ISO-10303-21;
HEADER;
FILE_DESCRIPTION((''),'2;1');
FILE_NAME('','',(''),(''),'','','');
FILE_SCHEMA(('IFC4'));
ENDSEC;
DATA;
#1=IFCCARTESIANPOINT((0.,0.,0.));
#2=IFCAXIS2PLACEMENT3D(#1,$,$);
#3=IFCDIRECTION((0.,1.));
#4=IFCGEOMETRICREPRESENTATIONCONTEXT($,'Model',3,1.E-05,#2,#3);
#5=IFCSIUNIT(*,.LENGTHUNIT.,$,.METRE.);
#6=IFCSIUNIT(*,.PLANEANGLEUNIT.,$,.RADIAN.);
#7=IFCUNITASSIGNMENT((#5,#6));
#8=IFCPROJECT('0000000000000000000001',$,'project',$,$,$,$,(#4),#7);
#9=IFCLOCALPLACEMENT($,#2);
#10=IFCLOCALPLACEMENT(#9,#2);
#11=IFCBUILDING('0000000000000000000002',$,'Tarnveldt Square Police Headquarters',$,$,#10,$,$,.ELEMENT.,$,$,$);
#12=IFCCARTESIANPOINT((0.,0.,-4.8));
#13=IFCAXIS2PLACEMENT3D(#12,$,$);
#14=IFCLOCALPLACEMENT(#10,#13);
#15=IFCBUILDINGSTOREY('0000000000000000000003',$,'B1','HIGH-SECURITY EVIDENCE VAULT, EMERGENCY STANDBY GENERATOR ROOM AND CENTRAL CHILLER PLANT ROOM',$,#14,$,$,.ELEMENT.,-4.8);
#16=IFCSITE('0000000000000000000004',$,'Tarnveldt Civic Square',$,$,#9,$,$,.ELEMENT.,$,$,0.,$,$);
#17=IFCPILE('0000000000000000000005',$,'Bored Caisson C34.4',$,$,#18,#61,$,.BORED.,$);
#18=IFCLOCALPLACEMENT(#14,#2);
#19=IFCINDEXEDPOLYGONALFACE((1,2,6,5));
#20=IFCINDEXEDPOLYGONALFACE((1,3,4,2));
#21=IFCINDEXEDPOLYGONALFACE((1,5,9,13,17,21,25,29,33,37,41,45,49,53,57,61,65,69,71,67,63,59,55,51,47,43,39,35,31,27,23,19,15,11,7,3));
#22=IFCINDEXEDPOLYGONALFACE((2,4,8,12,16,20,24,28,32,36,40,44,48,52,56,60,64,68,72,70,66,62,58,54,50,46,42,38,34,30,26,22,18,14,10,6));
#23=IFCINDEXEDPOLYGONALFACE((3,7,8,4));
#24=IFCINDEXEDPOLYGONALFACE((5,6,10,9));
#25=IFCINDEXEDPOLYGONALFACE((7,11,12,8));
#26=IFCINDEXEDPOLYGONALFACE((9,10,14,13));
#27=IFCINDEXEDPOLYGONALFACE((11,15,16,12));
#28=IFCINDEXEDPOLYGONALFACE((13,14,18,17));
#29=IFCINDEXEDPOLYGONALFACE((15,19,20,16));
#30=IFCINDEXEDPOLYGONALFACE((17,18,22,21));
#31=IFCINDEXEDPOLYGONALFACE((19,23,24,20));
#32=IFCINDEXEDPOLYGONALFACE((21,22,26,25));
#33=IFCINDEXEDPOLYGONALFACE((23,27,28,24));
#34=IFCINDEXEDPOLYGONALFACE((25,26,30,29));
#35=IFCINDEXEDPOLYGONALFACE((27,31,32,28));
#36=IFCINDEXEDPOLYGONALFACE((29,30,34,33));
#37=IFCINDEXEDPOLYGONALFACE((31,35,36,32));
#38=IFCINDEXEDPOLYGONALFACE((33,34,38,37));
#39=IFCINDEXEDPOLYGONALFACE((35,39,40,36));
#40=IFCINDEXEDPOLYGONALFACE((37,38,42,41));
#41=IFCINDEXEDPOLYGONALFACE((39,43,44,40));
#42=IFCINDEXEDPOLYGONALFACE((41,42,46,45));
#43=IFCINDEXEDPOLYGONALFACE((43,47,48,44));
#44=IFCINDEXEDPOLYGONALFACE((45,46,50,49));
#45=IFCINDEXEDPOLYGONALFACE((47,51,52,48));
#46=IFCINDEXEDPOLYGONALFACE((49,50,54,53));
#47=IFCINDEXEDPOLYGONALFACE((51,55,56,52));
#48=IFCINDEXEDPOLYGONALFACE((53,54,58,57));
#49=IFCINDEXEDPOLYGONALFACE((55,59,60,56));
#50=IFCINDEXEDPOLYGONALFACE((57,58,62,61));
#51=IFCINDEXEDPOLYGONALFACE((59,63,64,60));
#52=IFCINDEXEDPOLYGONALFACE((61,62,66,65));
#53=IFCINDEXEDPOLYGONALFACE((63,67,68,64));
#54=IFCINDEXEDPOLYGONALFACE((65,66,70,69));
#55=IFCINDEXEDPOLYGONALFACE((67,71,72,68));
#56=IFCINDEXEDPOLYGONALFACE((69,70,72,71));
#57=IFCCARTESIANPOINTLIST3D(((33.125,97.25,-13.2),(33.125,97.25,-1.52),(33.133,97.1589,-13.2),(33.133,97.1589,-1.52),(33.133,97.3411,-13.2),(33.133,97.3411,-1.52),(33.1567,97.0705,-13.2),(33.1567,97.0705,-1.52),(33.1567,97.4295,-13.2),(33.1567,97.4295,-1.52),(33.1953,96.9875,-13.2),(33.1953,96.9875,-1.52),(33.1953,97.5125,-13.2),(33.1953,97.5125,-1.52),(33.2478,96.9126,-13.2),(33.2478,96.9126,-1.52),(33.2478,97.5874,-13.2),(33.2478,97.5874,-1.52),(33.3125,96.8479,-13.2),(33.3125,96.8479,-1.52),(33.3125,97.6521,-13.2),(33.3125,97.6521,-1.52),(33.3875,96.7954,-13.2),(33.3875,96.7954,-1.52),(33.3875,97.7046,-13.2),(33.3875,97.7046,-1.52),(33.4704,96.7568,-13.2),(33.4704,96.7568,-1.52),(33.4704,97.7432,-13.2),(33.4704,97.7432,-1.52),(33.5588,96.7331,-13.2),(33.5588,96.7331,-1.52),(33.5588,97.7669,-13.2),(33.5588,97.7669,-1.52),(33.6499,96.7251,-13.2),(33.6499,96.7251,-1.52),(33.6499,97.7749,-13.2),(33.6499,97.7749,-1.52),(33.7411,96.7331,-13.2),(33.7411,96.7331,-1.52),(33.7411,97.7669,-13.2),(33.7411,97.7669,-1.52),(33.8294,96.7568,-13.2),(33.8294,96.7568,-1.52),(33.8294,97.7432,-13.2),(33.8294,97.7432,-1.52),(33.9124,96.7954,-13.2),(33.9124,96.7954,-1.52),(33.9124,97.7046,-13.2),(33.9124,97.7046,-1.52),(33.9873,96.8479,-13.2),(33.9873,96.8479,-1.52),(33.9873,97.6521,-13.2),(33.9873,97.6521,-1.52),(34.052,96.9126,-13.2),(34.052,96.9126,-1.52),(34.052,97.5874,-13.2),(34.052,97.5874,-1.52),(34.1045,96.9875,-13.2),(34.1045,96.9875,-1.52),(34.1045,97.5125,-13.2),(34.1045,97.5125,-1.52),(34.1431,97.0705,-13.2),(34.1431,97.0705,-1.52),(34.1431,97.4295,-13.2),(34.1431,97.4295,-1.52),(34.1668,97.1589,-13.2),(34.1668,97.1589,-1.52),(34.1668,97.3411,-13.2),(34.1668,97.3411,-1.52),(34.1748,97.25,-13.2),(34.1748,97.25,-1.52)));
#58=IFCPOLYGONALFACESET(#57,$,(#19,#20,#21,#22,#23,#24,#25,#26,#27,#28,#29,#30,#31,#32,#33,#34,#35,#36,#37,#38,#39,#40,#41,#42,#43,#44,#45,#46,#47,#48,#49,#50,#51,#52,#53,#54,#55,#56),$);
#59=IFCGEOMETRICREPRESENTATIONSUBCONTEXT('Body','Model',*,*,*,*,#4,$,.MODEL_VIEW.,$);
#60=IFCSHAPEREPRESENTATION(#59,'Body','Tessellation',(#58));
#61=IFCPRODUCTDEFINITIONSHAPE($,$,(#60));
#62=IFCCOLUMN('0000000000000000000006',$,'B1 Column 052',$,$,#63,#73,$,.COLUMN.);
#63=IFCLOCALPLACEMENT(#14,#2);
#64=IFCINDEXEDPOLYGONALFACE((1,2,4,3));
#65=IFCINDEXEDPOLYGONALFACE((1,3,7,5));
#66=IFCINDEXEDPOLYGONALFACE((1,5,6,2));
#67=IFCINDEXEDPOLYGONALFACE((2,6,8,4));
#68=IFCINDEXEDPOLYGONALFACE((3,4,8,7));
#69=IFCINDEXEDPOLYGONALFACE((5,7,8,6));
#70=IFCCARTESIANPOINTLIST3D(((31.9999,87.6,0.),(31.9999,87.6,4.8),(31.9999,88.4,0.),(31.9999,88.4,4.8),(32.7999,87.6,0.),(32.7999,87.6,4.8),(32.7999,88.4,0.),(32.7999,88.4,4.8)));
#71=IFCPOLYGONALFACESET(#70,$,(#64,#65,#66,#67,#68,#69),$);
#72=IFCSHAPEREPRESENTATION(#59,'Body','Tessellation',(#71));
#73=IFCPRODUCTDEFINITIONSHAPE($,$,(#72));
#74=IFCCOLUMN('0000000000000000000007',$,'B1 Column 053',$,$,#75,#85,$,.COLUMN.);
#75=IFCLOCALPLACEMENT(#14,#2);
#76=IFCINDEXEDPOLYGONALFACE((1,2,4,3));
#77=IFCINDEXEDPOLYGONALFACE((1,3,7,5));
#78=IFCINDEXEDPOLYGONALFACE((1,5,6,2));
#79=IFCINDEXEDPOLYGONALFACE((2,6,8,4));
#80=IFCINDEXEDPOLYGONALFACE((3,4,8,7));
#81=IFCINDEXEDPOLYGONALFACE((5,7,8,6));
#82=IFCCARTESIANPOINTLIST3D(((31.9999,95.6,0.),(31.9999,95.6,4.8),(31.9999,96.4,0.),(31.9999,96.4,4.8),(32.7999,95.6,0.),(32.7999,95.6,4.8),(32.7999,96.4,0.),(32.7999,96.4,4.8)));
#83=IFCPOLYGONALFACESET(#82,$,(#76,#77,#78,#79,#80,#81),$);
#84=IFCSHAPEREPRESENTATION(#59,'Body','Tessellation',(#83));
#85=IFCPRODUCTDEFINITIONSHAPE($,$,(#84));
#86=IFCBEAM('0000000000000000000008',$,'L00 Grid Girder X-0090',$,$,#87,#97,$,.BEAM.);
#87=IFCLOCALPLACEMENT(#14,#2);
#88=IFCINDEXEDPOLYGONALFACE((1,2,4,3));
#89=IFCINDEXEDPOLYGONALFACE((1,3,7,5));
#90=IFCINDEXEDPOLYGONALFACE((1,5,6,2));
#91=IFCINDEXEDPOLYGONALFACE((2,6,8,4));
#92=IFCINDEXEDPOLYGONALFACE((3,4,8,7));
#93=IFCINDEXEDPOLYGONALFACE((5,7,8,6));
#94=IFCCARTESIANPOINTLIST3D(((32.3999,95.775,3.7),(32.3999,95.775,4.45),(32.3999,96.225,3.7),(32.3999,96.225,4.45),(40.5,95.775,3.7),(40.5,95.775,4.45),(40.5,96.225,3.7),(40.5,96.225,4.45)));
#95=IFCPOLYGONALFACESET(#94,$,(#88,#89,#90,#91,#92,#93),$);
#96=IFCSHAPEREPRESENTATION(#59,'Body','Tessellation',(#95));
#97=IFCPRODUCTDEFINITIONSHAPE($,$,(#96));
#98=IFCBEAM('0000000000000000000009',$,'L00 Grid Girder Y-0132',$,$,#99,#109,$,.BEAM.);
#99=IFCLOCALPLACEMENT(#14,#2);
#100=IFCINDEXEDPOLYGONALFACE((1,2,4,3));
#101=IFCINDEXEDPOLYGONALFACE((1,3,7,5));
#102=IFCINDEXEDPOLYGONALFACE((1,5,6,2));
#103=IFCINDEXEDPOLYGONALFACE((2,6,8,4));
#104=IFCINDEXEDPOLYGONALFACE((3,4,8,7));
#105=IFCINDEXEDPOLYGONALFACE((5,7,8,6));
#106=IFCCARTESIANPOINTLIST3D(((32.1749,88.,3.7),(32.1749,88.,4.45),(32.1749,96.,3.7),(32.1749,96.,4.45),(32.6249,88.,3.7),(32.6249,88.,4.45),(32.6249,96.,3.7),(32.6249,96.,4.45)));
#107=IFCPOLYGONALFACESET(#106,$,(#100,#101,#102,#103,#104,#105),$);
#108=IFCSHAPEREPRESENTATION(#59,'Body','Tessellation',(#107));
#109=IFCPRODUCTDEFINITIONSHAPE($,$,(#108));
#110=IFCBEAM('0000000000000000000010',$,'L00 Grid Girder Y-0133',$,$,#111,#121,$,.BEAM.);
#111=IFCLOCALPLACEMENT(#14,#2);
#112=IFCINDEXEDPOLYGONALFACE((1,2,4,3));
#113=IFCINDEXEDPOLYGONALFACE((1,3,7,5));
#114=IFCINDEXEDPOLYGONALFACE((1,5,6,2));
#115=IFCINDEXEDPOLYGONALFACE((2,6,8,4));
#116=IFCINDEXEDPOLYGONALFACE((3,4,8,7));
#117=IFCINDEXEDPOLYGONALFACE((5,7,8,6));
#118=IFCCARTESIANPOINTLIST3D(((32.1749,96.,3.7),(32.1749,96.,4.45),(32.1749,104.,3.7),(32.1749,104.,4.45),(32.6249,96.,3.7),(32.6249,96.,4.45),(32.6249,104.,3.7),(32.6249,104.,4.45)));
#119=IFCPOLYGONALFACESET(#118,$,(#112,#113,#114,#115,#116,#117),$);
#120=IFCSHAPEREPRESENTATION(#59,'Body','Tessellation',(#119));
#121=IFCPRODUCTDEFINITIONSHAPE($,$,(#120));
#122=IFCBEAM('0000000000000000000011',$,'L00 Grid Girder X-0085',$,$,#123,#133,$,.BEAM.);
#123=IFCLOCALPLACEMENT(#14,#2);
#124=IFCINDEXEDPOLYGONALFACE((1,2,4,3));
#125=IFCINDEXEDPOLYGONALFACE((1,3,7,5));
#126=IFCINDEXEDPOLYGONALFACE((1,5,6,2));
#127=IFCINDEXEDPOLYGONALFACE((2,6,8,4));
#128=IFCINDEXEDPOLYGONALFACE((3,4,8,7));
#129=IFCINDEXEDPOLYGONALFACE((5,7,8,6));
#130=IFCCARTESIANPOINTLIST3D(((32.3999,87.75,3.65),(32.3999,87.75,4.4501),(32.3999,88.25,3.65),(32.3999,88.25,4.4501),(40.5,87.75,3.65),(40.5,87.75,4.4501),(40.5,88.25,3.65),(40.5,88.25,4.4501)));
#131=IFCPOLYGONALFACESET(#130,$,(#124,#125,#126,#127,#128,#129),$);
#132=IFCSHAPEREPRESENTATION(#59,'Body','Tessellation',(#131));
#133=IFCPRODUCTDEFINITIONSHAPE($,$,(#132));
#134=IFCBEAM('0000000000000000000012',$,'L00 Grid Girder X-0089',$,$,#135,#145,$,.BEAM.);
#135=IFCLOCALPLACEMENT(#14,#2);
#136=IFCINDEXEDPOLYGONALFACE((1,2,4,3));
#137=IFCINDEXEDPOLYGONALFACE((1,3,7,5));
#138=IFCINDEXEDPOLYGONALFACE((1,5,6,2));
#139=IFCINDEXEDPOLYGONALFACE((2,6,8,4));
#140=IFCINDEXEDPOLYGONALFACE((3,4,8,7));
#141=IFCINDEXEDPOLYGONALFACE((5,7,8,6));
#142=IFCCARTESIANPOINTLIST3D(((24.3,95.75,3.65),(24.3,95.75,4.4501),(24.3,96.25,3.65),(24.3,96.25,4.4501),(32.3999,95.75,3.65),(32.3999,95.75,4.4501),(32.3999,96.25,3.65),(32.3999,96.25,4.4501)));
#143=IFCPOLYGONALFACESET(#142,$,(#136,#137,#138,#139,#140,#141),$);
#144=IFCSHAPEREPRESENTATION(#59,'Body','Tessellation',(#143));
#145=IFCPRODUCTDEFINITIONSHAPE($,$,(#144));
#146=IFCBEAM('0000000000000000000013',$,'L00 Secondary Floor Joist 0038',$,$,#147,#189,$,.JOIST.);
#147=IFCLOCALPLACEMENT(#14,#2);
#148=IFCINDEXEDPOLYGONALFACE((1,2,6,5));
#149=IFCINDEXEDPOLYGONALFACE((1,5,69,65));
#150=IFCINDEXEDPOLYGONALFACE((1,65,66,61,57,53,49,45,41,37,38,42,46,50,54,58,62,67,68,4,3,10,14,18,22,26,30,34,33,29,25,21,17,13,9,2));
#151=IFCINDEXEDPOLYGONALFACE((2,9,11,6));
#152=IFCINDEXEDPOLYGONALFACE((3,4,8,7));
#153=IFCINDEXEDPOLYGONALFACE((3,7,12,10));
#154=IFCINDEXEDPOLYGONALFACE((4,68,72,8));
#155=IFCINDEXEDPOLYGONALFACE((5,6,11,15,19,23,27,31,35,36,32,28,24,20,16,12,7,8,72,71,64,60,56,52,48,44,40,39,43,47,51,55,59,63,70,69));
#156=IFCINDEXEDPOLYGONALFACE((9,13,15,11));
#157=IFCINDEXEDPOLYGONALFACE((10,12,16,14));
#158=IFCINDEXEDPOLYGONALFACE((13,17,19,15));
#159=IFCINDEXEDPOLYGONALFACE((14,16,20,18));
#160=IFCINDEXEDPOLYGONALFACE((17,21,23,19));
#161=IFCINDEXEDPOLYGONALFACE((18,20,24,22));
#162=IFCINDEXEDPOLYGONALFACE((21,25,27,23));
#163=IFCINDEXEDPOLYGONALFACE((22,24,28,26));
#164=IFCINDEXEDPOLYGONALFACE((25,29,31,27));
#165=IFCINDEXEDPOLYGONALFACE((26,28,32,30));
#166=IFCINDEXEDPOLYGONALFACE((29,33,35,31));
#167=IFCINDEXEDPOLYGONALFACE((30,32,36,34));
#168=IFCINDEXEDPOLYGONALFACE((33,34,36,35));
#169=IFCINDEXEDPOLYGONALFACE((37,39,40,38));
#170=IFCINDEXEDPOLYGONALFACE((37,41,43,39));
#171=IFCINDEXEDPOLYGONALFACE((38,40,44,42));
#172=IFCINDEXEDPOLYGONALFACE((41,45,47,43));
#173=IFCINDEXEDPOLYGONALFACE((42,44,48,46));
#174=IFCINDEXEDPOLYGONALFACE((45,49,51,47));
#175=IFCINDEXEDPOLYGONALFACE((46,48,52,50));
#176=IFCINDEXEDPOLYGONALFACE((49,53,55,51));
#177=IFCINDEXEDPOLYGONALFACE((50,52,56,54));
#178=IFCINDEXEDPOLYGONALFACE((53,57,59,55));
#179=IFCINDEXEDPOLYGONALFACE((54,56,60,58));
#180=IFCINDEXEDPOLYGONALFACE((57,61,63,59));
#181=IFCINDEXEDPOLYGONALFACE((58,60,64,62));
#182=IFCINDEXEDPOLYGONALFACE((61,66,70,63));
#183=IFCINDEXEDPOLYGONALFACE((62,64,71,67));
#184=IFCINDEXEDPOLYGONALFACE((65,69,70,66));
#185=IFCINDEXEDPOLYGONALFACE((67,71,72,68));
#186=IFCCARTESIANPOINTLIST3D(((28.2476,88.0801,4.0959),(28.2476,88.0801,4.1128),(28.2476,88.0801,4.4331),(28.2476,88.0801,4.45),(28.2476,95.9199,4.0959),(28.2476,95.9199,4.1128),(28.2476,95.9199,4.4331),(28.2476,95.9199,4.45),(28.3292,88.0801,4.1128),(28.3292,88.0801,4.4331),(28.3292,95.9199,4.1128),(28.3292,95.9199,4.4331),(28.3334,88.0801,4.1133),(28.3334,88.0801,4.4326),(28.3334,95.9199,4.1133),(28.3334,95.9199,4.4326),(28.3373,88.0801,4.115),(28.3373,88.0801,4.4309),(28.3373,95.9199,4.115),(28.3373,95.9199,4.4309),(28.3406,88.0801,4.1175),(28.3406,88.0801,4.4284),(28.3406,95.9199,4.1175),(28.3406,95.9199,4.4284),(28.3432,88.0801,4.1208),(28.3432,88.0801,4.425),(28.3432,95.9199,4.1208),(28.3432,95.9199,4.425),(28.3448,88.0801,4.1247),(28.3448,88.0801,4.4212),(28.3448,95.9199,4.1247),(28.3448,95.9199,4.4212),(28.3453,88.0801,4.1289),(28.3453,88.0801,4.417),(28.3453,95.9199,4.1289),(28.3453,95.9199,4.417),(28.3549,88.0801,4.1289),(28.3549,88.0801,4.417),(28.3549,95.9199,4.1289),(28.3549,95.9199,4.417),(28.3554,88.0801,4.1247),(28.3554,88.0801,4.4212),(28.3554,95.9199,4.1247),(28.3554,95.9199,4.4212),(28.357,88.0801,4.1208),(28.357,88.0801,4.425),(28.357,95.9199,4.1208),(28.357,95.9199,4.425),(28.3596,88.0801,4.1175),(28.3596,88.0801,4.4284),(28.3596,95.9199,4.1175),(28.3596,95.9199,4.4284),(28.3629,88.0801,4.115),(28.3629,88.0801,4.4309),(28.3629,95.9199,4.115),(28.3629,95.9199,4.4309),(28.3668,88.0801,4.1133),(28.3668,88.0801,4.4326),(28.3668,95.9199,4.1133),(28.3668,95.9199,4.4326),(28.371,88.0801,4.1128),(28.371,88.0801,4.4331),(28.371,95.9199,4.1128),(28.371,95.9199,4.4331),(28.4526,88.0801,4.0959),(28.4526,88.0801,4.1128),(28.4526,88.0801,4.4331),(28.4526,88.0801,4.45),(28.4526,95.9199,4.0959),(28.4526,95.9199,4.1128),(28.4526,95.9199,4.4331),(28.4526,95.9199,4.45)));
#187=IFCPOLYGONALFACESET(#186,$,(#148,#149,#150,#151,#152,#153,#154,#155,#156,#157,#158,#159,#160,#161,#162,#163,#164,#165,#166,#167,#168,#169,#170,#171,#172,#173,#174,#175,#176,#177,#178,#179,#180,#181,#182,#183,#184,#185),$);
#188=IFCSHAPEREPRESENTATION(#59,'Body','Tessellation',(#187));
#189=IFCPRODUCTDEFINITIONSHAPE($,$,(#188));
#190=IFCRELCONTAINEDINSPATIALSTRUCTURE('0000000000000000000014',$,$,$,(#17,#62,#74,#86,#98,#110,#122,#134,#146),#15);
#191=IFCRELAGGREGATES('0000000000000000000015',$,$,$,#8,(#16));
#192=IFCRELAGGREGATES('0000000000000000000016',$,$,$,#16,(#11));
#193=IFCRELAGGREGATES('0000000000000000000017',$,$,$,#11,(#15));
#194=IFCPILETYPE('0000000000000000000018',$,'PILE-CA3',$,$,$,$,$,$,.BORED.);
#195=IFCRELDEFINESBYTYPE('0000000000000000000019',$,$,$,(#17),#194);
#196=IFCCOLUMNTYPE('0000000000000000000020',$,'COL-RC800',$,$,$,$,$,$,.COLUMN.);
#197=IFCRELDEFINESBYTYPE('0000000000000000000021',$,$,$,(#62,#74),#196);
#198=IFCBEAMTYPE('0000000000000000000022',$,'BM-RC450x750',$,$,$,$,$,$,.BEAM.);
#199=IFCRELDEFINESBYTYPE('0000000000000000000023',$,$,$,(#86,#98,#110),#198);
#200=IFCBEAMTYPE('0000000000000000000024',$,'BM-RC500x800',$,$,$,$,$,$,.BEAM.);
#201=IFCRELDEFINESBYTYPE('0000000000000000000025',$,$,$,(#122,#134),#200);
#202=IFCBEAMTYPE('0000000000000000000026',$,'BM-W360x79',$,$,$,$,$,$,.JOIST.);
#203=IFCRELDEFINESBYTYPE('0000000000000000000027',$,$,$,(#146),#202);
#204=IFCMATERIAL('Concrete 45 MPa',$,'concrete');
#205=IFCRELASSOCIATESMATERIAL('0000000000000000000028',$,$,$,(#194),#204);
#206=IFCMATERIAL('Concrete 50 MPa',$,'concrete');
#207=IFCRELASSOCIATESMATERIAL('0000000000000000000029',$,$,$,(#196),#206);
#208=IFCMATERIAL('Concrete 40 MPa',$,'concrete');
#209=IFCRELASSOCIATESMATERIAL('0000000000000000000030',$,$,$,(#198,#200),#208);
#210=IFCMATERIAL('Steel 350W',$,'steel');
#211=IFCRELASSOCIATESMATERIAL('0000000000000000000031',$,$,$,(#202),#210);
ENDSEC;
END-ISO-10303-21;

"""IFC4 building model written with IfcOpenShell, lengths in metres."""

from ifc_helpers import new_model, si_unit, direction, frame, origin, origin_2d, place, context, subcontext, project, spatial, rectangle, circle, i_section, extrude, material, material_profile, profile_set, type_object, element, save


model = new_model("IFC4")

# Units and contexts
model_context = context("Model", 3, precision=1e-05, world=origin(), true_north=direction((0.0, 1.0)))
body_context = subcontext(model_context, "Body", "Model", "MODEL_VIEW")
ifc_project = project(units=[si_unit("LENGTHUNIT", "METRE"), si_unit("PLANEANGLEUNIT", "RADIAN")], contexts=[model_context])

# Site, building, storey
site_placement = place(None, origin())
site = spatial("IfcSite", under=ifc_project, at=site_placement, Name="Tarnveldt Civic Square", CompositionType="ELEMENT", RefElevation=0.0)
building_placement = place(site_placement, origin())
building = spatial("IfcBuilding", under=site, at=building_placement, Name="Tarnveldt Square Police Headquarters", CompositionType="ELEMENT")
storey_placement = place(building_placement, frame((0.0, 0.0, -4.8)))
storey = spatial("IfcBuildingStorey", under=building, at=storey_placement, Name="B1", Description="HIGH-SECURITY EVIDENCE VAULT, EMERGENCY STANDBY GENERATOR ROOM AND CENTRAL CHILLER PLANT ROOM", CompositionType="ELEMENT", Elevation=-4.8)

# Shared definitions
ifc_material_1 = material(Name="Concrete 45 MPa", Category="concrete")

# Pile
ifc_material_profile_1 = material_profile(ifc_material_1, circle(Radius=0.5249, at=origin_2d()), Name="CAISSON-D1050")
ifc_profile_set_1 = profile_set([ifc_material_profile_1], Name="Concrete 45 MPa")
pile_type = type_object("IfcPileType", Name="PILE-CA3", PredefinedType="BORED", material=ifc_profile_set_1)
for number, where, z_axis, x_axis, name in (
    (1, (33.6499, 97.25, -1.52), (0.0, 0.0, -1.0), (1.0, 0.0, 0.0), "Bored Caisson C34.4"),
):
    element("IfcPile", number, at=place(storey_placement, frame(where, z_axis=z_axis, x_axis=x_axis)), inside=storey, type_object=pile_type, Name=name, PredefinedType="BORED", context=body_context, shape_type="SweptSolid", body=[
        extrude(circle(Radius=0.5249, at=origin_2d()), origin(), (0.0, 0.0, 1.0), 11.6799),
    ])

# Columns
ifc_material_2 = material(Name="Concrete 50 MPa", Category="concrete")
ifc_material_profile_2 = material_profile(ifc_material_2, rectangle(XDim=0.8, YDim=0.8, at=origin_2d()), Name="RC-C800x800")
ifc_profile_set_2 = profile_set([ifc_material_profile_2], Name="Concrete 50 MPa")
column_type = type_object("IfcColumnType", Name="COL-RC800", PredefinedType="COLUMN", material=ifc_profile_set_2)
for number, where, z_axis, x_axis, name in (
    (2, (32.3999, 88.0, 0.0), (0.0, 0.0, 1.0), (1.0, 0.0, 0.0), "B1 Column 052"),
    (3, (32.3999, 96.0, 0.0), (0.0, 0.0, 1.0), (1.0, 0.0, 0.0), "B1 Column 053"),
):
    element("IfcColumn", number, at=place(storey_placement, frame(where, z_axis=z_axis, x_axis=x_axis)), inside=storey, type_object=column_type, Name=name, PredefinedType="COLUMN", context=body_context, shape_type="SweptSolid", body=[
        extrude(rectangle(XDim=0.8, YDim=0.8, at=origin_2d()), origin(), (0.0, 0.0, 1.0), 4.8),
    ])

# Beams
ifc_material_3 = material(Name="Concrete 40 MPa", Category="concrete")
ifc_material_profile_3 = material_profile(ifc_material_3, rectangle(XDim=0.45, YDim=0.75, at=origin_2d()), Name="RC-B450x750")
ifc_profile_set_3 = profile_set([ifc_material_profile_3], Name="Concrete 40 MPa")
beam_type_1 = type_object("IfcBeamType", Name="BM-RC450x750", PredefinedType="BEAM", material=ifc_profile_set_3)
beam_1_placement = place(storey_placement, frame((32.3999, 96.0, 4.075), z_axis=(1.0, 0.0, 0.0), x_axis=(0.0, 1.0, 0.0)))
element("IfcBeam", 4, at=beam_1_placement, inside=storey, type_object=beam_type_1, Name="L00 Grid Girder X-0090", PredefinedType="BEAM", context=body_context, shape_type="SweptSolid", body=[
    extrude(rectangle(XDim=0.45, YDim=0.75, at=origin_2d()), origin(), (0.0, 0.0, 1.0), 8.1001),
])
for number, where, z_axis, x_axis, name in (
    (5, (32.3999, 88.0, 4.075), (0.0, 1.0, 0.0), (-1.0, 0.0, 0.0), "L00 Grid Girder Y-0132"),
    (6, (32.3999, 96.0, 4.075), (0.0, 1.0, 0.0), (-1.0, 0.0, 0.0), "L00 Grid Girder Y-0133"),
):
    element("IfcBeam", number, at=place(storey_placement, frame(where, z_axis=z_axis, x_axis=x_axis)), inside=storey, type_object=beam_type_1, Name=name, PredefinedType="BEAM", context=body_context, shape_type="SweptSolid", body=[
        extrude(rectangle(XDim=0.45, YDim=0.75, at=origin_2d()), origin(), (0.0, 0.0, 1.0), 8.0),
    ])
ifc_material_profile_4 = material_profile(ifc_material_3, rectangle(XDim=0.5, YDim=0.8, at=origin_2d()), Name="RC-B500x800")
ifc_profile_set_4 = profile_set([ifc_material_profile_4], Name="Concrete 40 MPa")
beam_type_2 = type_object("IfcBeamType", Name="BM-RC500x800", PredefinedType="BEAM", material=ifc_profile_set_4)
beam_2_placement = place(storey_placement, frame((32.3999, 88.0, 4.05), z_axis=(1.0, 0.0, 0.0), x_axis=(0.0, 1.0, 0.0)))
element("IfcBeam", 7, at=beam_2_placement, inside=storey, type_object=beam_type_2, Name="L00 Grid Girder X-0085", PredefinedType="BEAM", context=body_context, shape_type="SweptSolid", body=[
    extrude(rectangle(XDim=0.5, YDim=0.8, at=origin_2d()), origin(), (0.0, 0.0, 1.0), 8.1001),
])
beam_3_placement = place(storey_placement, frame((24.3, 96.0, 4.05), z_axis=(1.0, 0.0, 0.0), x_axis=(0.0, 1.0, 0.0)))
element("IfcBeam", 8, at=beam_3_placement, inside=storey, type_object=beam_type_2, Name="L00 Grid Girder X-0089", PredefinedType="BEAM", context=body_context, shape_type="SweptSolid", body=[
    extrude(rectangle(XDim=0.5, YDim=0.8, at=origin_2d()), origin(), (0.0, 0.0, 1.0), 8.0999),
])
ifc_material_4 = material(Name="Steel 350W", Category="steel")
ifc_material_profile_5 = material_profile(ifc_material_4, i_section(OverallWidth=0.2051, OverallDepth=0.354, WebThickness=0.0095, FlangeThickness=0.0168, FilletRadius=0.0161, at=origin_2d()), Name="W360x79")
ifc_profile_set_5 = profile_set([ifc_material_profile_5], Name="Steel 350W")
beam_type_3 = type_object("IfcBeamType", Name="BM-W360x79", PredefinedType="JOIST", material=ifc_profile_set_5)
beam_4_placement = place(storey_placement, frame((28.3501, 88.0801, 4.2729), z_axis=(0.0, 1.0, 0.0), x_axis=(-1.0, 0.0, 0.0)))
element("IfcBeam", 9, at=beam_4_placement, inside=storey, type_object=beam_type_3, Name="L00 Secondary Floor Joist 0038", PredefinedType="JOIST", context=body_context, shape_type="SweptSolid", body=[
    extrude(i_section(OverallWidth=0.2051, OverallDepth=0.354, WebThickness=0.0095, FlangeThickness=0.0168, FilletRadius=0.0161, at=origin_2d()), origin(), (0.0, 0.0, 1.0), 7.8398),
])

save(model, "model.ifc")
